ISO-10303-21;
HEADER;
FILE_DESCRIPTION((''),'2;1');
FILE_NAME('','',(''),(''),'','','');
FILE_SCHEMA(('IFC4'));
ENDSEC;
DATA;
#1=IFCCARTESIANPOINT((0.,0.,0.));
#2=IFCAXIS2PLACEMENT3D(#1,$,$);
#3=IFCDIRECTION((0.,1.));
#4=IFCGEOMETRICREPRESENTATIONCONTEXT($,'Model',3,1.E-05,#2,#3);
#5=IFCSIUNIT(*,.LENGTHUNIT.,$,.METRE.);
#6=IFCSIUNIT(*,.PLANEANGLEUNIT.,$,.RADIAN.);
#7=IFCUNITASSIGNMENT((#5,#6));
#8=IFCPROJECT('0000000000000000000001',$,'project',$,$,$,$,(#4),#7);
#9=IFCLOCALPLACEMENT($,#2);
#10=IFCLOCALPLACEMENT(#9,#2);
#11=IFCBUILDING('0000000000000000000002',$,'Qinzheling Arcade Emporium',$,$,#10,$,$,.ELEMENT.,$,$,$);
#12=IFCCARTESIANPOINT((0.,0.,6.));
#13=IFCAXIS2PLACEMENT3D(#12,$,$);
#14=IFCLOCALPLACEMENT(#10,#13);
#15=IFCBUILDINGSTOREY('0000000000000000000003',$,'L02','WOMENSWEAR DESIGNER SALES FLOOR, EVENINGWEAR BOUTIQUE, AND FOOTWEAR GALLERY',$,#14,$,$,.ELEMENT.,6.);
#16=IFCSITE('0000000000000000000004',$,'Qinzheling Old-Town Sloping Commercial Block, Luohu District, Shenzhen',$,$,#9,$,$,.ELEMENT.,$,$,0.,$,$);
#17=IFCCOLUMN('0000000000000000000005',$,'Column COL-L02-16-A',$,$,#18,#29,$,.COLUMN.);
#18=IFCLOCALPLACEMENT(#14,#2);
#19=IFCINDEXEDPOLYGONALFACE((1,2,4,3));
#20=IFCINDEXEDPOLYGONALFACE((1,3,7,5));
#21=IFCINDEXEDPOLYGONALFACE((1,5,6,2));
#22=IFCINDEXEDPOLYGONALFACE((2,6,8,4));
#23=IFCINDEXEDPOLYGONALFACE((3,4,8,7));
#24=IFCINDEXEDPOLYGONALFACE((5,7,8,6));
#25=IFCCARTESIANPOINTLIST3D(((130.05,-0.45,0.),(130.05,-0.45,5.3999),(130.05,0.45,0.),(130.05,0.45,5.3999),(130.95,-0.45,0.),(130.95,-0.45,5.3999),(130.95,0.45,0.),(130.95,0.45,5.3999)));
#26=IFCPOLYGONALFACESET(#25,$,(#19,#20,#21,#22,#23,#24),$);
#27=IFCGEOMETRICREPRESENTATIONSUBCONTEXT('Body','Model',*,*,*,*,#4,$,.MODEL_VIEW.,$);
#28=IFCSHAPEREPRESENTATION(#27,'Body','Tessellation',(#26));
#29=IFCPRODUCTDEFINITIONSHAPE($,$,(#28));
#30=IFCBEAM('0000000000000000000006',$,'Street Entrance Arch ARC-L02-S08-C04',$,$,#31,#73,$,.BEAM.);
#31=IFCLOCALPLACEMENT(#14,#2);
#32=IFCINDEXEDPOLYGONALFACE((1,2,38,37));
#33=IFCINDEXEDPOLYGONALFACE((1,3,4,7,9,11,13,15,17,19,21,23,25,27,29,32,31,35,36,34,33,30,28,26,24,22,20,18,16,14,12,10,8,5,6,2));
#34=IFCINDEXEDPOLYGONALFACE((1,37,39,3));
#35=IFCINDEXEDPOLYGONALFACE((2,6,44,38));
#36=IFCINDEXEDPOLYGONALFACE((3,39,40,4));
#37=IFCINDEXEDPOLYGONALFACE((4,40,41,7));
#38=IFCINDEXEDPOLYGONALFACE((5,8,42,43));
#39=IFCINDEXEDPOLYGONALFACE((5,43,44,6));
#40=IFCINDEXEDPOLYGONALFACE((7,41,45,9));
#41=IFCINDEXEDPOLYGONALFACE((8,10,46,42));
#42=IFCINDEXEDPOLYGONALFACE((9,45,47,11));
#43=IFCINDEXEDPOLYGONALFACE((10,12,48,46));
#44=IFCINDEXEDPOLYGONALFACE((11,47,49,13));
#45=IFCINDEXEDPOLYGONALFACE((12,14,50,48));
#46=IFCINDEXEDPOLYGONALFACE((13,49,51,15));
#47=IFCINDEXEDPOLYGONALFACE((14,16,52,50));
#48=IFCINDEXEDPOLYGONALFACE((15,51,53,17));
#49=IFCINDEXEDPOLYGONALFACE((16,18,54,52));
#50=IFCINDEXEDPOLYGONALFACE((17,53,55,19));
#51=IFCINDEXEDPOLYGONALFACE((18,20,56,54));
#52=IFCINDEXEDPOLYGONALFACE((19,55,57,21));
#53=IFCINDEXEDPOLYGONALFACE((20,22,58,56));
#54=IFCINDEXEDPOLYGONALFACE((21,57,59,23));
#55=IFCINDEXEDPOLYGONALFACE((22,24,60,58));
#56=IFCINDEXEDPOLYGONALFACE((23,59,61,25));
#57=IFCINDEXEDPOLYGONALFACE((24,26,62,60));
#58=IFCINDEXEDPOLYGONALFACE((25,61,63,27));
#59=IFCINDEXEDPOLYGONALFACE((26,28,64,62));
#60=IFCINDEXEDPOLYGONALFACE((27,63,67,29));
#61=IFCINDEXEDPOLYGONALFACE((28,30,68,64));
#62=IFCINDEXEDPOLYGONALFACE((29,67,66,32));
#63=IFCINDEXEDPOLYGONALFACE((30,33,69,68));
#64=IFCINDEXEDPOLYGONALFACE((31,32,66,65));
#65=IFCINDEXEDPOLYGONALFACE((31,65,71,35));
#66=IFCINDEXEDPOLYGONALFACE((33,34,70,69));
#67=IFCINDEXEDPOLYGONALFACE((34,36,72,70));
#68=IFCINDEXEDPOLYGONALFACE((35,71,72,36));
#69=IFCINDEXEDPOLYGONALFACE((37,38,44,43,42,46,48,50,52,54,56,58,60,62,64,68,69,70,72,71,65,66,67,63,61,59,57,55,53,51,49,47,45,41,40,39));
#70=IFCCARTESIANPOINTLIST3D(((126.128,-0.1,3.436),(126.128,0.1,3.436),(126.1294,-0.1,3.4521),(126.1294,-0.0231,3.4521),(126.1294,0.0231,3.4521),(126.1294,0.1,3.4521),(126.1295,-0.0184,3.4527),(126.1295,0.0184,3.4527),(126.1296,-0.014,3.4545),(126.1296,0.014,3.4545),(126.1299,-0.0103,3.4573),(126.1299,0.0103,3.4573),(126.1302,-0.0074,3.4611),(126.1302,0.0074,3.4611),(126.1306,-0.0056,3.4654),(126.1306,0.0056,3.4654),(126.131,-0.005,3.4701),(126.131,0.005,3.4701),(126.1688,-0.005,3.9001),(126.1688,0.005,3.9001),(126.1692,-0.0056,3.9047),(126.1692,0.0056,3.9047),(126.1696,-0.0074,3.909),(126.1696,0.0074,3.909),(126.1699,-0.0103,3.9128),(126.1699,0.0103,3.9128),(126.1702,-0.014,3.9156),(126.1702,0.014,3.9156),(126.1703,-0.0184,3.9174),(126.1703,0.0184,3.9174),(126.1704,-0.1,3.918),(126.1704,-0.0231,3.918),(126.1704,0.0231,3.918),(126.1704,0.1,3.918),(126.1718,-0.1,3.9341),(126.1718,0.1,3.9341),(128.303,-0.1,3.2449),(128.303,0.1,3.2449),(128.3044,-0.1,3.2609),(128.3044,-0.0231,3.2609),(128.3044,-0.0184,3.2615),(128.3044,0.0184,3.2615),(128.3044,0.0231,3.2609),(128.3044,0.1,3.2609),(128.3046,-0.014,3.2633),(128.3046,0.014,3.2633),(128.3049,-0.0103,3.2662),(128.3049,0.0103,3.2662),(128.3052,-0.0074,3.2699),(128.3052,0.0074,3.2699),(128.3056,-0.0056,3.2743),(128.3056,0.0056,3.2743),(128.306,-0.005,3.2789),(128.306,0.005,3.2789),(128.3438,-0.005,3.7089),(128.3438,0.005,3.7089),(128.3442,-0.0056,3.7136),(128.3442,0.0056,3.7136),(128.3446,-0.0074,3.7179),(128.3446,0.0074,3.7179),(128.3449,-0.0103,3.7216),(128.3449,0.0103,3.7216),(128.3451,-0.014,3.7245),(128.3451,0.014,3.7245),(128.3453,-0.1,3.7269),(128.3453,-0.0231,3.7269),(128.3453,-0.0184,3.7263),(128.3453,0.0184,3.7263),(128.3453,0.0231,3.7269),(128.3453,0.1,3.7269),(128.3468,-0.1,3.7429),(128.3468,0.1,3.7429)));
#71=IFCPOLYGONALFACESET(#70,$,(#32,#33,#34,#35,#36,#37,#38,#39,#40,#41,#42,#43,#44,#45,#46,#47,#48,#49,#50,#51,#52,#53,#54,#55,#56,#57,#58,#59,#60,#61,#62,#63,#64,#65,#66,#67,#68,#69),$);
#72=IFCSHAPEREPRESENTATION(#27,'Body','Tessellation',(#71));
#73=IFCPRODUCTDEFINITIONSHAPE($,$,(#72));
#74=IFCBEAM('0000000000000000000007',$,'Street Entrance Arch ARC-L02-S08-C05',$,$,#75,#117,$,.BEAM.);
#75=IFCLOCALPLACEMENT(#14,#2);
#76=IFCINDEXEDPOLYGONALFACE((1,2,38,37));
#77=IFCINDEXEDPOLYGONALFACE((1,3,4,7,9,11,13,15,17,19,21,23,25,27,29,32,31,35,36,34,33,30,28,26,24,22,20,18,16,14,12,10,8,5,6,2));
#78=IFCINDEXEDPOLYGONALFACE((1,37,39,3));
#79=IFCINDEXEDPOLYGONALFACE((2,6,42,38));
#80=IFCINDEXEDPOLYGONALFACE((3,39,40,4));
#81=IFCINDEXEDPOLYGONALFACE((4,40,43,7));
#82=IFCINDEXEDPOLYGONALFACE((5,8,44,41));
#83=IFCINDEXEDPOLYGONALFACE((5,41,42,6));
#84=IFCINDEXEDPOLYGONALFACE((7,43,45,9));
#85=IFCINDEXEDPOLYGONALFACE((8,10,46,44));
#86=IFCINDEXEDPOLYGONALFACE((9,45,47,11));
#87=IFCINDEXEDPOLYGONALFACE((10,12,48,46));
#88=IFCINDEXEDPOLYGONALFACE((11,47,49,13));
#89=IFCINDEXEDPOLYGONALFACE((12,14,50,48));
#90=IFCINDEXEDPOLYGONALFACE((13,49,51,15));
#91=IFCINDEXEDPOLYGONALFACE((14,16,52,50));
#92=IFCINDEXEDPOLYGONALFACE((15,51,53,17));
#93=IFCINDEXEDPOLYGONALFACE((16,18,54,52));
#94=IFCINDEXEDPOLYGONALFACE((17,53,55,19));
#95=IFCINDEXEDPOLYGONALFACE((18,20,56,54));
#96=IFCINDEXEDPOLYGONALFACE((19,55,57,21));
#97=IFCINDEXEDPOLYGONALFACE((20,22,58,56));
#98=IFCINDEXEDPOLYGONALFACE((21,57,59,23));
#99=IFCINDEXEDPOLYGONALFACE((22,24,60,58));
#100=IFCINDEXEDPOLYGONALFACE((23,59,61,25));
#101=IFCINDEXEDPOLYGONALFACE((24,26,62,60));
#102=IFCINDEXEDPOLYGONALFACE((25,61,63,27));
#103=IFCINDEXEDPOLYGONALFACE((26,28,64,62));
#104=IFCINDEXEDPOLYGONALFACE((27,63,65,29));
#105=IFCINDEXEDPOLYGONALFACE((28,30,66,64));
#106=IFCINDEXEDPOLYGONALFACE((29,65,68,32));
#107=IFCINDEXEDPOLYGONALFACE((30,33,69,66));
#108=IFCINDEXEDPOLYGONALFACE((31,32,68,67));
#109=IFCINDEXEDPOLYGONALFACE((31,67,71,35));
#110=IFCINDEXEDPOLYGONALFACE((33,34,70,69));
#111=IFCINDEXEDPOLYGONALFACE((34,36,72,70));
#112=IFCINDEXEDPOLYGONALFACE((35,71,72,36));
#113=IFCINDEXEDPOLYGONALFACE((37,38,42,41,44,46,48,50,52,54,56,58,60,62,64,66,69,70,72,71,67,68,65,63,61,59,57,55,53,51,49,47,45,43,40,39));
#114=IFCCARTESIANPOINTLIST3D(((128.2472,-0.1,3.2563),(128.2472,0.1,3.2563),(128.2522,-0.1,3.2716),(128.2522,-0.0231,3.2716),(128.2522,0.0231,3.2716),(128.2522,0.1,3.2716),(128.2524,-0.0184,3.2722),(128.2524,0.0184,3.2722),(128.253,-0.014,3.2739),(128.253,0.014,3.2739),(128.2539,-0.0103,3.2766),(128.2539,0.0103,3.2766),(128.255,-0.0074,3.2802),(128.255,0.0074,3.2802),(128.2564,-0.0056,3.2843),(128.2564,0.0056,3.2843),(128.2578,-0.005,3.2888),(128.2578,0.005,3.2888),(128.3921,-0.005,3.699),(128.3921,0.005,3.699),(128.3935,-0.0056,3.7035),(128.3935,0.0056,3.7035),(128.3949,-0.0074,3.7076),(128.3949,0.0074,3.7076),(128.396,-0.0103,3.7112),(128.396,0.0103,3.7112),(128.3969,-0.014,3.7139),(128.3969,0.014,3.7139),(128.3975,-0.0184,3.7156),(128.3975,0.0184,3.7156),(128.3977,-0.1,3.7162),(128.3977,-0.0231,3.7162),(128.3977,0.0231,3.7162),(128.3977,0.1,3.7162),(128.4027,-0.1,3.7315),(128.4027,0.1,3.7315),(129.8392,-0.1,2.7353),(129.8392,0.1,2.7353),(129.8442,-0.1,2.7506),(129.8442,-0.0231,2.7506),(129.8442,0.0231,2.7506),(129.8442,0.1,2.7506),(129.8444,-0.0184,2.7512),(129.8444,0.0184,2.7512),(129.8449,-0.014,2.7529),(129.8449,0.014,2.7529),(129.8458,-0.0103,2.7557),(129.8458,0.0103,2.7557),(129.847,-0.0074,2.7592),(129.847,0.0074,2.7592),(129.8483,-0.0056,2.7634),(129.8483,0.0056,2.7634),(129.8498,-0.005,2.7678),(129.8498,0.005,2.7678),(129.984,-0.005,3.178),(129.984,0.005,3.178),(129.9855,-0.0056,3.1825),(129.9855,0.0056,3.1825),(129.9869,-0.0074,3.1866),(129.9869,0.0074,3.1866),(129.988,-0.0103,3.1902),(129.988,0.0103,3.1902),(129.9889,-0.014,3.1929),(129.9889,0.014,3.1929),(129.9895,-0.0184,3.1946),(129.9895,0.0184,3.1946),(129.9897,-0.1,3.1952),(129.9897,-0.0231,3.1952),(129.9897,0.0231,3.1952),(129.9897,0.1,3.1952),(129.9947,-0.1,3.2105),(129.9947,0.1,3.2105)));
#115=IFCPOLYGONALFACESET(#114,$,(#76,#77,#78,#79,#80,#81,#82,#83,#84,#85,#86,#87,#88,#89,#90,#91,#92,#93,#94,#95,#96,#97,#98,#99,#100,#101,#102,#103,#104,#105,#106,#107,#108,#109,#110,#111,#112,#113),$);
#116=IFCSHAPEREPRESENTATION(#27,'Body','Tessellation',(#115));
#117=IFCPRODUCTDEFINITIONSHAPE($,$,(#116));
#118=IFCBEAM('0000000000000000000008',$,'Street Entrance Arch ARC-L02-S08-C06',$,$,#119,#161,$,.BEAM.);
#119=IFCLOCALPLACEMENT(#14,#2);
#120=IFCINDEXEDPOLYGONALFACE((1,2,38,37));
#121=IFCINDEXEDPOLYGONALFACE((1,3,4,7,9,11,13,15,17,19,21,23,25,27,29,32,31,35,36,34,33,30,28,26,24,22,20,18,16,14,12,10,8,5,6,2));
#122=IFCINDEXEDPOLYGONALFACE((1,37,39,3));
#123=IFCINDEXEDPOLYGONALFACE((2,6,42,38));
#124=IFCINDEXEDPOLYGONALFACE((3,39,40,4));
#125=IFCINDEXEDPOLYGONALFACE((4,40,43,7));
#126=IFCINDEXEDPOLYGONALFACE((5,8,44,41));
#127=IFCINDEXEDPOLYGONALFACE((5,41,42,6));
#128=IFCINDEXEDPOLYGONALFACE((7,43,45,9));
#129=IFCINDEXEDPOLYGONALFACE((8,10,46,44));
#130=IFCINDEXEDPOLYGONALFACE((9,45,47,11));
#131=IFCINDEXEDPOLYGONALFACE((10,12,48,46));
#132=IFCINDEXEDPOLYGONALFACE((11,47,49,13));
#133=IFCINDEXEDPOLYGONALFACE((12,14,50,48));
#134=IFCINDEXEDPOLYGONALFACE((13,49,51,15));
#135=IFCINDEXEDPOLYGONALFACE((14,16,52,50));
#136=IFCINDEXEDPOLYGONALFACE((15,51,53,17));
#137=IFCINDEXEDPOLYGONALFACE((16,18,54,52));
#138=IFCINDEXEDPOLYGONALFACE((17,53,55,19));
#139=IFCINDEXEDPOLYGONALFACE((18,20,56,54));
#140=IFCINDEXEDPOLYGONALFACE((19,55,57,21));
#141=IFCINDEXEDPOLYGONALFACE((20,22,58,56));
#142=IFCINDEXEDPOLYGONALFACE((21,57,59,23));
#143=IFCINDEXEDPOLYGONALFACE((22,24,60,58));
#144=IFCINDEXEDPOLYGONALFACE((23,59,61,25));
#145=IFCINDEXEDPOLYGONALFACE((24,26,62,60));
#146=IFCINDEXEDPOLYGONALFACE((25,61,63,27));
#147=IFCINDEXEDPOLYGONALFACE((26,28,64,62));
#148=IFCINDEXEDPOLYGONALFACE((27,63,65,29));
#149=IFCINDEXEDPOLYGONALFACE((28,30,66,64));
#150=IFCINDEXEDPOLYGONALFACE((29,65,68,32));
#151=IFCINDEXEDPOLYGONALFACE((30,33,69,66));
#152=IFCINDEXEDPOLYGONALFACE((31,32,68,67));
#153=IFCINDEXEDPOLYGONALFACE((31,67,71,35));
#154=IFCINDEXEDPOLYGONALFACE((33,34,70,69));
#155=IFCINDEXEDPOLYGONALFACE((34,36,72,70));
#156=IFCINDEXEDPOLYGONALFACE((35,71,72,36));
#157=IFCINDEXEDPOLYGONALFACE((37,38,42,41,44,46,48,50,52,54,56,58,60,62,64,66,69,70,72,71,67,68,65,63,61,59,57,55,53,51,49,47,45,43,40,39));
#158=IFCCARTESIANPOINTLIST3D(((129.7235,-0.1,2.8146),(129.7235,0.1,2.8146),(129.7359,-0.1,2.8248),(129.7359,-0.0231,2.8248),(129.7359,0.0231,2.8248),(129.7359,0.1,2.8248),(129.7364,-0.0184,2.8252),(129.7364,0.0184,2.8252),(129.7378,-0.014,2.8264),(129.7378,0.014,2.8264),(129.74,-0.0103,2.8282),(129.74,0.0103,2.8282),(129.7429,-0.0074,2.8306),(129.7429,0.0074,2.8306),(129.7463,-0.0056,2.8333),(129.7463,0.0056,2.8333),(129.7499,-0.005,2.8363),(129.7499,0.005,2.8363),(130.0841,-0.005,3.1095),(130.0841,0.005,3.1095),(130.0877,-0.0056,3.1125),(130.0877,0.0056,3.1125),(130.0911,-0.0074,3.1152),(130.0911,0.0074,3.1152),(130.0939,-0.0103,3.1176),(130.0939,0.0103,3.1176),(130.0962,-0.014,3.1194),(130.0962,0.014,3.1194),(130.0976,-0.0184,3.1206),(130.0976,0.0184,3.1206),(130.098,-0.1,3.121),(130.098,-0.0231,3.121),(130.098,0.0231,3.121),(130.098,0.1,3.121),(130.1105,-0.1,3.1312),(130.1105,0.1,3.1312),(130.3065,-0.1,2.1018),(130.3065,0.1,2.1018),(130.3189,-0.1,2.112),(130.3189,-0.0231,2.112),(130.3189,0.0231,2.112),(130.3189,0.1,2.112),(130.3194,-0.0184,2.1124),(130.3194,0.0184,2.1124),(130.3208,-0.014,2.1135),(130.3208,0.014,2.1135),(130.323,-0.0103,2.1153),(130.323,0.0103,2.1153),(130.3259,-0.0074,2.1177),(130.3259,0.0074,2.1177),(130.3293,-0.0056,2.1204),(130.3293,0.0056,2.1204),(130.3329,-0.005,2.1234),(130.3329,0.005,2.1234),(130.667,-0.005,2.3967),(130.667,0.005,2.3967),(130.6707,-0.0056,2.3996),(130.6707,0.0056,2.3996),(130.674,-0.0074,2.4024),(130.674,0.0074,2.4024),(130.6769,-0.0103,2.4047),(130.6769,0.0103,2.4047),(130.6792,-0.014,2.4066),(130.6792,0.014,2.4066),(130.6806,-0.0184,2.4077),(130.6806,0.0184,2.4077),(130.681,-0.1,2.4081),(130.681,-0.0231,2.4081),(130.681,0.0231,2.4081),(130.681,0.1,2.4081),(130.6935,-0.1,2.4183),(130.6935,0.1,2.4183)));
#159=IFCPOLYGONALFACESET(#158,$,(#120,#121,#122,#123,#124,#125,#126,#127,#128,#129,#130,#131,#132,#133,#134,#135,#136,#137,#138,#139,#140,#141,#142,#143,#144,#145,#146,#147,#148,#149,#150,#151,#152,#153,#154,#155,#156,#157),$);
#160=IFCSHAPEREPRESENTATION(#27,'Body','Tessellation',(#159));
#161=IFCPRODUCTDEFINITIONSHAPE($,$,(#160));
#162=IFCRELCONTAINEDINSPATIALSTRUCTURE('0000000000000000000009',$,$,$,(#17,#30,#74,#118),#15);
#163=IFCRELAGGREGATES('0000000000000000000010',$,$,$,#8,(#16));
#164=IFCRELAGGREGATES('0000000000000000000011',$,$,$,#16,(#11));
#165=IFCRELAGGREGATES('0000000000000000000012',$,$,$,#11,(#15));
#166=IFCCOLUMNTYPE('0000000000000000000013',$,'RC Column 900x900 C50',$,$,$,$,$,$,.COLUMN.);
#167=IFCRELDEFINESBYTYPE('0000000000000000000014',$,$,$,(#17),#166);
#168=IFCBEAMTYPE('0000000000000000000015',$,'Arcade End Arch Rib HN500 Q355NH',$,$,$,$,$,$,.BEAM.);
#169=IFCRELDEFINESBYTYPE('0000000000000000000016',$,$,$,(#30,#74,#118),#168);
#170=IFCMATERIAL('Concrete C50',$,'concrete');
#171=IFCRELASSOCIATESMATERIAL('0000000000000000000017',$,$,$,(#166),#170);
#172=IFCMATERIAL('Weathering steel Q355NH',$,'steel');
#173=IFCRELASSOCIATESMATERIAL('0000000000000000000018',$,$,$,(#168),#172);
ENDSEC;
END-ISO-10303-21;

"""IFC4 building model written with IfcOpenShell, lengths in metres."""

from ifc_helpers import new_model, si_unit, direction, frame, origin, origin_2d, place, context, subcontext, project, spatial, rectangle, i_section, extrude, material, material_profile, profile_set, type_object, element, save


model = new_model("IFC4")

# Units and contexts
model_context = context("Model", 3, precision=1e-05, world=origin(), true_north=direction((0.0, 1.0)))
body_context = subcontext(model_context, "Body", "Model", "MODEL_VIEW")
ifc_project = project(units=[si_unit("LENGTHUNIT", "METRE"), si_unit("PLANEANGLEUNIT", "RADIAN")], contexts=[model_context])

# Site, building, storey
site_placement = place(None, origin())
site = spatial("IfcSite", under=ifc_project, at=site_placement, Name="Qinzheling Old-Town Sloping Commercial Block, Luohu District, Shenzhen", CompositionType="ELEMENT", RefElevation=0.0)
building_placement = place(site_placement, origin())
building = spatial("IfcBuilding", under=site, at=building_placement, Name="Qinzheling Arcade Emporium", CompositionType="ELEMENT")
storey_placement = place(building_placement, frame((0.0, 0.0, 6.0)))
storey = spatial("IfcBuildingStorey", under=building, at=storey_placement, Name="L02", Description="WOMENSWEAR DESIGNER SALES FLOOR, EVENINGWEAR BOUTIQUE, AND FOOTWEAR GALLERY", CompositionType="ELEMENT", Elevation=6.0)

# Column
ifc_material_1 = material(Name="Concrete C50", Category="concrete")
ifc_material_profile_1 = material_profile(ifc_material_1, rectangle(XDim=0.8999, YDim=0.8999, at=origin_2d()), Name="RC 900x900", Category="concrete")
ifc_profile_set_1 = profile_set([ifc_material_profile_1], Name="Concrete C50")
column_type = type_object("IfcColumnType", Name="RC Column 900x900 C50", PredefinedType="COLUMN", material=ifc_profile_set_1)
column_placement = place(storey_placement, frame((130.5, 0.0, 0.0), z_axis=(0.0, 0.0, 1.0), x_axis=(1.0, 0.0, 0.0)))
element("IfcColumn", 1, at=column_placement, inside=storey, type_object=column_type, Name="Column COL-L02-16-A", PredefinedType="COLUMN", context=body_context, shape_type="SweptSolid", body=[
    extrude(rectangle(XDim=0.8999, YDim=0.8999, at=origin_2d()), origin(), (0.0, 0.0, 1.0), 5.3999),
])

# Beams
ifc_material_2 = material(Name="Weathering steel Q355NH", Category="steel")
ifc_material_profile_2 = material_profile(ifc_material_2, i_section(OverallWidth=0.2, OverallDepth=0.5, WebThickness=0.01, FlangeThickness=0.0161, FilletRadius=0.0181, at=origin_2d()), Name="HN 500x200x10x16", Category="steel")
ifc_profile_set_2 = profile_set([ifc_material_profile_2], Name="Weathering steel Q355NH")
beam_type_1 = type_object("IfcBeamType", Name="Arcade End Arch Rib HN500 Q355NH", PredefinedType="BEAM", material=ifc_profile_set_2)
beam_1_placement = place(storey_placement, frame((126.1499, 0.0, 3.6851), z_axis=(0.99616, 0.0, -0.087551), x_axis=(0.0, 1.0, 0.0)))
element("IfcBeam", 2, at=beam_1_placement, inside=storey, type_object=beam_type_1, Name="Street Entrance Arch ARC-L02-S08-C04", PredefinedType="BEAM", context=body_context, shape_type="SweptSolid", body=[
    extrude(i_section(OverallWidth=0.2, OverallDepth=0.5, WebThickness=0.01, FlangeThickness=0.0161, FilletRadius=0.0181, at=origin_2d()), origin(), (0.0, 0.0, 1.0), 2.1833),
])
beam_2_placement = place(storey_placement, frame((128.325, 0.0, 3.4939), z_axis=(0.950403, 0.0, -0.31102), x_axis=(0.0, 1.0, 0.0)))
element("IfcBeam", 3, at=beam_2_placement, inside=storey, type_object=beam_type_1, Name="Street Entrance Arch ARC-L02-S08-C05", PredefinedType="BEAM", context=body_context, shape_type="SweptSolid", body=[
    extrude(i_section(OverallWidth=0.2, OverallDepth=0.5, WebThickness=0.01, FlangeThickness=0.0161, FilletRadius=0.0181, at=origin_2d()), origin(), (0.0, 0.0, 1.0), 1.675),
])
for number, where, z_axis, x_axis, name in (
    (4, (129.917, 0.0, 2.9729), (0.633065, 0.0, -0.774099), (0.0, 1.0, 0.0), "Street Entrance Arch ARC-L02-S08-C06"),
):
    element("IfcBeam", number, at=place(storey_placement, frame(where, z_axis=z_axis, x_axis=x_axis)), inside=storey, type_object=beam_type_1, Name=name, PredefinedType="BEAM", context=body_context, shape_type="SweptSolid", body=[
        extrude(i_section(OverallWidth=0.2, OverallDepth=0.5, WebThickness=0.01, FlangeThickness=0.0161, FilletRadius=0.0181, at=origin_2d()), origin(), (0.0, 0.0, 1.0), 0.9209),
    ])

save(model, "model.ifc")
